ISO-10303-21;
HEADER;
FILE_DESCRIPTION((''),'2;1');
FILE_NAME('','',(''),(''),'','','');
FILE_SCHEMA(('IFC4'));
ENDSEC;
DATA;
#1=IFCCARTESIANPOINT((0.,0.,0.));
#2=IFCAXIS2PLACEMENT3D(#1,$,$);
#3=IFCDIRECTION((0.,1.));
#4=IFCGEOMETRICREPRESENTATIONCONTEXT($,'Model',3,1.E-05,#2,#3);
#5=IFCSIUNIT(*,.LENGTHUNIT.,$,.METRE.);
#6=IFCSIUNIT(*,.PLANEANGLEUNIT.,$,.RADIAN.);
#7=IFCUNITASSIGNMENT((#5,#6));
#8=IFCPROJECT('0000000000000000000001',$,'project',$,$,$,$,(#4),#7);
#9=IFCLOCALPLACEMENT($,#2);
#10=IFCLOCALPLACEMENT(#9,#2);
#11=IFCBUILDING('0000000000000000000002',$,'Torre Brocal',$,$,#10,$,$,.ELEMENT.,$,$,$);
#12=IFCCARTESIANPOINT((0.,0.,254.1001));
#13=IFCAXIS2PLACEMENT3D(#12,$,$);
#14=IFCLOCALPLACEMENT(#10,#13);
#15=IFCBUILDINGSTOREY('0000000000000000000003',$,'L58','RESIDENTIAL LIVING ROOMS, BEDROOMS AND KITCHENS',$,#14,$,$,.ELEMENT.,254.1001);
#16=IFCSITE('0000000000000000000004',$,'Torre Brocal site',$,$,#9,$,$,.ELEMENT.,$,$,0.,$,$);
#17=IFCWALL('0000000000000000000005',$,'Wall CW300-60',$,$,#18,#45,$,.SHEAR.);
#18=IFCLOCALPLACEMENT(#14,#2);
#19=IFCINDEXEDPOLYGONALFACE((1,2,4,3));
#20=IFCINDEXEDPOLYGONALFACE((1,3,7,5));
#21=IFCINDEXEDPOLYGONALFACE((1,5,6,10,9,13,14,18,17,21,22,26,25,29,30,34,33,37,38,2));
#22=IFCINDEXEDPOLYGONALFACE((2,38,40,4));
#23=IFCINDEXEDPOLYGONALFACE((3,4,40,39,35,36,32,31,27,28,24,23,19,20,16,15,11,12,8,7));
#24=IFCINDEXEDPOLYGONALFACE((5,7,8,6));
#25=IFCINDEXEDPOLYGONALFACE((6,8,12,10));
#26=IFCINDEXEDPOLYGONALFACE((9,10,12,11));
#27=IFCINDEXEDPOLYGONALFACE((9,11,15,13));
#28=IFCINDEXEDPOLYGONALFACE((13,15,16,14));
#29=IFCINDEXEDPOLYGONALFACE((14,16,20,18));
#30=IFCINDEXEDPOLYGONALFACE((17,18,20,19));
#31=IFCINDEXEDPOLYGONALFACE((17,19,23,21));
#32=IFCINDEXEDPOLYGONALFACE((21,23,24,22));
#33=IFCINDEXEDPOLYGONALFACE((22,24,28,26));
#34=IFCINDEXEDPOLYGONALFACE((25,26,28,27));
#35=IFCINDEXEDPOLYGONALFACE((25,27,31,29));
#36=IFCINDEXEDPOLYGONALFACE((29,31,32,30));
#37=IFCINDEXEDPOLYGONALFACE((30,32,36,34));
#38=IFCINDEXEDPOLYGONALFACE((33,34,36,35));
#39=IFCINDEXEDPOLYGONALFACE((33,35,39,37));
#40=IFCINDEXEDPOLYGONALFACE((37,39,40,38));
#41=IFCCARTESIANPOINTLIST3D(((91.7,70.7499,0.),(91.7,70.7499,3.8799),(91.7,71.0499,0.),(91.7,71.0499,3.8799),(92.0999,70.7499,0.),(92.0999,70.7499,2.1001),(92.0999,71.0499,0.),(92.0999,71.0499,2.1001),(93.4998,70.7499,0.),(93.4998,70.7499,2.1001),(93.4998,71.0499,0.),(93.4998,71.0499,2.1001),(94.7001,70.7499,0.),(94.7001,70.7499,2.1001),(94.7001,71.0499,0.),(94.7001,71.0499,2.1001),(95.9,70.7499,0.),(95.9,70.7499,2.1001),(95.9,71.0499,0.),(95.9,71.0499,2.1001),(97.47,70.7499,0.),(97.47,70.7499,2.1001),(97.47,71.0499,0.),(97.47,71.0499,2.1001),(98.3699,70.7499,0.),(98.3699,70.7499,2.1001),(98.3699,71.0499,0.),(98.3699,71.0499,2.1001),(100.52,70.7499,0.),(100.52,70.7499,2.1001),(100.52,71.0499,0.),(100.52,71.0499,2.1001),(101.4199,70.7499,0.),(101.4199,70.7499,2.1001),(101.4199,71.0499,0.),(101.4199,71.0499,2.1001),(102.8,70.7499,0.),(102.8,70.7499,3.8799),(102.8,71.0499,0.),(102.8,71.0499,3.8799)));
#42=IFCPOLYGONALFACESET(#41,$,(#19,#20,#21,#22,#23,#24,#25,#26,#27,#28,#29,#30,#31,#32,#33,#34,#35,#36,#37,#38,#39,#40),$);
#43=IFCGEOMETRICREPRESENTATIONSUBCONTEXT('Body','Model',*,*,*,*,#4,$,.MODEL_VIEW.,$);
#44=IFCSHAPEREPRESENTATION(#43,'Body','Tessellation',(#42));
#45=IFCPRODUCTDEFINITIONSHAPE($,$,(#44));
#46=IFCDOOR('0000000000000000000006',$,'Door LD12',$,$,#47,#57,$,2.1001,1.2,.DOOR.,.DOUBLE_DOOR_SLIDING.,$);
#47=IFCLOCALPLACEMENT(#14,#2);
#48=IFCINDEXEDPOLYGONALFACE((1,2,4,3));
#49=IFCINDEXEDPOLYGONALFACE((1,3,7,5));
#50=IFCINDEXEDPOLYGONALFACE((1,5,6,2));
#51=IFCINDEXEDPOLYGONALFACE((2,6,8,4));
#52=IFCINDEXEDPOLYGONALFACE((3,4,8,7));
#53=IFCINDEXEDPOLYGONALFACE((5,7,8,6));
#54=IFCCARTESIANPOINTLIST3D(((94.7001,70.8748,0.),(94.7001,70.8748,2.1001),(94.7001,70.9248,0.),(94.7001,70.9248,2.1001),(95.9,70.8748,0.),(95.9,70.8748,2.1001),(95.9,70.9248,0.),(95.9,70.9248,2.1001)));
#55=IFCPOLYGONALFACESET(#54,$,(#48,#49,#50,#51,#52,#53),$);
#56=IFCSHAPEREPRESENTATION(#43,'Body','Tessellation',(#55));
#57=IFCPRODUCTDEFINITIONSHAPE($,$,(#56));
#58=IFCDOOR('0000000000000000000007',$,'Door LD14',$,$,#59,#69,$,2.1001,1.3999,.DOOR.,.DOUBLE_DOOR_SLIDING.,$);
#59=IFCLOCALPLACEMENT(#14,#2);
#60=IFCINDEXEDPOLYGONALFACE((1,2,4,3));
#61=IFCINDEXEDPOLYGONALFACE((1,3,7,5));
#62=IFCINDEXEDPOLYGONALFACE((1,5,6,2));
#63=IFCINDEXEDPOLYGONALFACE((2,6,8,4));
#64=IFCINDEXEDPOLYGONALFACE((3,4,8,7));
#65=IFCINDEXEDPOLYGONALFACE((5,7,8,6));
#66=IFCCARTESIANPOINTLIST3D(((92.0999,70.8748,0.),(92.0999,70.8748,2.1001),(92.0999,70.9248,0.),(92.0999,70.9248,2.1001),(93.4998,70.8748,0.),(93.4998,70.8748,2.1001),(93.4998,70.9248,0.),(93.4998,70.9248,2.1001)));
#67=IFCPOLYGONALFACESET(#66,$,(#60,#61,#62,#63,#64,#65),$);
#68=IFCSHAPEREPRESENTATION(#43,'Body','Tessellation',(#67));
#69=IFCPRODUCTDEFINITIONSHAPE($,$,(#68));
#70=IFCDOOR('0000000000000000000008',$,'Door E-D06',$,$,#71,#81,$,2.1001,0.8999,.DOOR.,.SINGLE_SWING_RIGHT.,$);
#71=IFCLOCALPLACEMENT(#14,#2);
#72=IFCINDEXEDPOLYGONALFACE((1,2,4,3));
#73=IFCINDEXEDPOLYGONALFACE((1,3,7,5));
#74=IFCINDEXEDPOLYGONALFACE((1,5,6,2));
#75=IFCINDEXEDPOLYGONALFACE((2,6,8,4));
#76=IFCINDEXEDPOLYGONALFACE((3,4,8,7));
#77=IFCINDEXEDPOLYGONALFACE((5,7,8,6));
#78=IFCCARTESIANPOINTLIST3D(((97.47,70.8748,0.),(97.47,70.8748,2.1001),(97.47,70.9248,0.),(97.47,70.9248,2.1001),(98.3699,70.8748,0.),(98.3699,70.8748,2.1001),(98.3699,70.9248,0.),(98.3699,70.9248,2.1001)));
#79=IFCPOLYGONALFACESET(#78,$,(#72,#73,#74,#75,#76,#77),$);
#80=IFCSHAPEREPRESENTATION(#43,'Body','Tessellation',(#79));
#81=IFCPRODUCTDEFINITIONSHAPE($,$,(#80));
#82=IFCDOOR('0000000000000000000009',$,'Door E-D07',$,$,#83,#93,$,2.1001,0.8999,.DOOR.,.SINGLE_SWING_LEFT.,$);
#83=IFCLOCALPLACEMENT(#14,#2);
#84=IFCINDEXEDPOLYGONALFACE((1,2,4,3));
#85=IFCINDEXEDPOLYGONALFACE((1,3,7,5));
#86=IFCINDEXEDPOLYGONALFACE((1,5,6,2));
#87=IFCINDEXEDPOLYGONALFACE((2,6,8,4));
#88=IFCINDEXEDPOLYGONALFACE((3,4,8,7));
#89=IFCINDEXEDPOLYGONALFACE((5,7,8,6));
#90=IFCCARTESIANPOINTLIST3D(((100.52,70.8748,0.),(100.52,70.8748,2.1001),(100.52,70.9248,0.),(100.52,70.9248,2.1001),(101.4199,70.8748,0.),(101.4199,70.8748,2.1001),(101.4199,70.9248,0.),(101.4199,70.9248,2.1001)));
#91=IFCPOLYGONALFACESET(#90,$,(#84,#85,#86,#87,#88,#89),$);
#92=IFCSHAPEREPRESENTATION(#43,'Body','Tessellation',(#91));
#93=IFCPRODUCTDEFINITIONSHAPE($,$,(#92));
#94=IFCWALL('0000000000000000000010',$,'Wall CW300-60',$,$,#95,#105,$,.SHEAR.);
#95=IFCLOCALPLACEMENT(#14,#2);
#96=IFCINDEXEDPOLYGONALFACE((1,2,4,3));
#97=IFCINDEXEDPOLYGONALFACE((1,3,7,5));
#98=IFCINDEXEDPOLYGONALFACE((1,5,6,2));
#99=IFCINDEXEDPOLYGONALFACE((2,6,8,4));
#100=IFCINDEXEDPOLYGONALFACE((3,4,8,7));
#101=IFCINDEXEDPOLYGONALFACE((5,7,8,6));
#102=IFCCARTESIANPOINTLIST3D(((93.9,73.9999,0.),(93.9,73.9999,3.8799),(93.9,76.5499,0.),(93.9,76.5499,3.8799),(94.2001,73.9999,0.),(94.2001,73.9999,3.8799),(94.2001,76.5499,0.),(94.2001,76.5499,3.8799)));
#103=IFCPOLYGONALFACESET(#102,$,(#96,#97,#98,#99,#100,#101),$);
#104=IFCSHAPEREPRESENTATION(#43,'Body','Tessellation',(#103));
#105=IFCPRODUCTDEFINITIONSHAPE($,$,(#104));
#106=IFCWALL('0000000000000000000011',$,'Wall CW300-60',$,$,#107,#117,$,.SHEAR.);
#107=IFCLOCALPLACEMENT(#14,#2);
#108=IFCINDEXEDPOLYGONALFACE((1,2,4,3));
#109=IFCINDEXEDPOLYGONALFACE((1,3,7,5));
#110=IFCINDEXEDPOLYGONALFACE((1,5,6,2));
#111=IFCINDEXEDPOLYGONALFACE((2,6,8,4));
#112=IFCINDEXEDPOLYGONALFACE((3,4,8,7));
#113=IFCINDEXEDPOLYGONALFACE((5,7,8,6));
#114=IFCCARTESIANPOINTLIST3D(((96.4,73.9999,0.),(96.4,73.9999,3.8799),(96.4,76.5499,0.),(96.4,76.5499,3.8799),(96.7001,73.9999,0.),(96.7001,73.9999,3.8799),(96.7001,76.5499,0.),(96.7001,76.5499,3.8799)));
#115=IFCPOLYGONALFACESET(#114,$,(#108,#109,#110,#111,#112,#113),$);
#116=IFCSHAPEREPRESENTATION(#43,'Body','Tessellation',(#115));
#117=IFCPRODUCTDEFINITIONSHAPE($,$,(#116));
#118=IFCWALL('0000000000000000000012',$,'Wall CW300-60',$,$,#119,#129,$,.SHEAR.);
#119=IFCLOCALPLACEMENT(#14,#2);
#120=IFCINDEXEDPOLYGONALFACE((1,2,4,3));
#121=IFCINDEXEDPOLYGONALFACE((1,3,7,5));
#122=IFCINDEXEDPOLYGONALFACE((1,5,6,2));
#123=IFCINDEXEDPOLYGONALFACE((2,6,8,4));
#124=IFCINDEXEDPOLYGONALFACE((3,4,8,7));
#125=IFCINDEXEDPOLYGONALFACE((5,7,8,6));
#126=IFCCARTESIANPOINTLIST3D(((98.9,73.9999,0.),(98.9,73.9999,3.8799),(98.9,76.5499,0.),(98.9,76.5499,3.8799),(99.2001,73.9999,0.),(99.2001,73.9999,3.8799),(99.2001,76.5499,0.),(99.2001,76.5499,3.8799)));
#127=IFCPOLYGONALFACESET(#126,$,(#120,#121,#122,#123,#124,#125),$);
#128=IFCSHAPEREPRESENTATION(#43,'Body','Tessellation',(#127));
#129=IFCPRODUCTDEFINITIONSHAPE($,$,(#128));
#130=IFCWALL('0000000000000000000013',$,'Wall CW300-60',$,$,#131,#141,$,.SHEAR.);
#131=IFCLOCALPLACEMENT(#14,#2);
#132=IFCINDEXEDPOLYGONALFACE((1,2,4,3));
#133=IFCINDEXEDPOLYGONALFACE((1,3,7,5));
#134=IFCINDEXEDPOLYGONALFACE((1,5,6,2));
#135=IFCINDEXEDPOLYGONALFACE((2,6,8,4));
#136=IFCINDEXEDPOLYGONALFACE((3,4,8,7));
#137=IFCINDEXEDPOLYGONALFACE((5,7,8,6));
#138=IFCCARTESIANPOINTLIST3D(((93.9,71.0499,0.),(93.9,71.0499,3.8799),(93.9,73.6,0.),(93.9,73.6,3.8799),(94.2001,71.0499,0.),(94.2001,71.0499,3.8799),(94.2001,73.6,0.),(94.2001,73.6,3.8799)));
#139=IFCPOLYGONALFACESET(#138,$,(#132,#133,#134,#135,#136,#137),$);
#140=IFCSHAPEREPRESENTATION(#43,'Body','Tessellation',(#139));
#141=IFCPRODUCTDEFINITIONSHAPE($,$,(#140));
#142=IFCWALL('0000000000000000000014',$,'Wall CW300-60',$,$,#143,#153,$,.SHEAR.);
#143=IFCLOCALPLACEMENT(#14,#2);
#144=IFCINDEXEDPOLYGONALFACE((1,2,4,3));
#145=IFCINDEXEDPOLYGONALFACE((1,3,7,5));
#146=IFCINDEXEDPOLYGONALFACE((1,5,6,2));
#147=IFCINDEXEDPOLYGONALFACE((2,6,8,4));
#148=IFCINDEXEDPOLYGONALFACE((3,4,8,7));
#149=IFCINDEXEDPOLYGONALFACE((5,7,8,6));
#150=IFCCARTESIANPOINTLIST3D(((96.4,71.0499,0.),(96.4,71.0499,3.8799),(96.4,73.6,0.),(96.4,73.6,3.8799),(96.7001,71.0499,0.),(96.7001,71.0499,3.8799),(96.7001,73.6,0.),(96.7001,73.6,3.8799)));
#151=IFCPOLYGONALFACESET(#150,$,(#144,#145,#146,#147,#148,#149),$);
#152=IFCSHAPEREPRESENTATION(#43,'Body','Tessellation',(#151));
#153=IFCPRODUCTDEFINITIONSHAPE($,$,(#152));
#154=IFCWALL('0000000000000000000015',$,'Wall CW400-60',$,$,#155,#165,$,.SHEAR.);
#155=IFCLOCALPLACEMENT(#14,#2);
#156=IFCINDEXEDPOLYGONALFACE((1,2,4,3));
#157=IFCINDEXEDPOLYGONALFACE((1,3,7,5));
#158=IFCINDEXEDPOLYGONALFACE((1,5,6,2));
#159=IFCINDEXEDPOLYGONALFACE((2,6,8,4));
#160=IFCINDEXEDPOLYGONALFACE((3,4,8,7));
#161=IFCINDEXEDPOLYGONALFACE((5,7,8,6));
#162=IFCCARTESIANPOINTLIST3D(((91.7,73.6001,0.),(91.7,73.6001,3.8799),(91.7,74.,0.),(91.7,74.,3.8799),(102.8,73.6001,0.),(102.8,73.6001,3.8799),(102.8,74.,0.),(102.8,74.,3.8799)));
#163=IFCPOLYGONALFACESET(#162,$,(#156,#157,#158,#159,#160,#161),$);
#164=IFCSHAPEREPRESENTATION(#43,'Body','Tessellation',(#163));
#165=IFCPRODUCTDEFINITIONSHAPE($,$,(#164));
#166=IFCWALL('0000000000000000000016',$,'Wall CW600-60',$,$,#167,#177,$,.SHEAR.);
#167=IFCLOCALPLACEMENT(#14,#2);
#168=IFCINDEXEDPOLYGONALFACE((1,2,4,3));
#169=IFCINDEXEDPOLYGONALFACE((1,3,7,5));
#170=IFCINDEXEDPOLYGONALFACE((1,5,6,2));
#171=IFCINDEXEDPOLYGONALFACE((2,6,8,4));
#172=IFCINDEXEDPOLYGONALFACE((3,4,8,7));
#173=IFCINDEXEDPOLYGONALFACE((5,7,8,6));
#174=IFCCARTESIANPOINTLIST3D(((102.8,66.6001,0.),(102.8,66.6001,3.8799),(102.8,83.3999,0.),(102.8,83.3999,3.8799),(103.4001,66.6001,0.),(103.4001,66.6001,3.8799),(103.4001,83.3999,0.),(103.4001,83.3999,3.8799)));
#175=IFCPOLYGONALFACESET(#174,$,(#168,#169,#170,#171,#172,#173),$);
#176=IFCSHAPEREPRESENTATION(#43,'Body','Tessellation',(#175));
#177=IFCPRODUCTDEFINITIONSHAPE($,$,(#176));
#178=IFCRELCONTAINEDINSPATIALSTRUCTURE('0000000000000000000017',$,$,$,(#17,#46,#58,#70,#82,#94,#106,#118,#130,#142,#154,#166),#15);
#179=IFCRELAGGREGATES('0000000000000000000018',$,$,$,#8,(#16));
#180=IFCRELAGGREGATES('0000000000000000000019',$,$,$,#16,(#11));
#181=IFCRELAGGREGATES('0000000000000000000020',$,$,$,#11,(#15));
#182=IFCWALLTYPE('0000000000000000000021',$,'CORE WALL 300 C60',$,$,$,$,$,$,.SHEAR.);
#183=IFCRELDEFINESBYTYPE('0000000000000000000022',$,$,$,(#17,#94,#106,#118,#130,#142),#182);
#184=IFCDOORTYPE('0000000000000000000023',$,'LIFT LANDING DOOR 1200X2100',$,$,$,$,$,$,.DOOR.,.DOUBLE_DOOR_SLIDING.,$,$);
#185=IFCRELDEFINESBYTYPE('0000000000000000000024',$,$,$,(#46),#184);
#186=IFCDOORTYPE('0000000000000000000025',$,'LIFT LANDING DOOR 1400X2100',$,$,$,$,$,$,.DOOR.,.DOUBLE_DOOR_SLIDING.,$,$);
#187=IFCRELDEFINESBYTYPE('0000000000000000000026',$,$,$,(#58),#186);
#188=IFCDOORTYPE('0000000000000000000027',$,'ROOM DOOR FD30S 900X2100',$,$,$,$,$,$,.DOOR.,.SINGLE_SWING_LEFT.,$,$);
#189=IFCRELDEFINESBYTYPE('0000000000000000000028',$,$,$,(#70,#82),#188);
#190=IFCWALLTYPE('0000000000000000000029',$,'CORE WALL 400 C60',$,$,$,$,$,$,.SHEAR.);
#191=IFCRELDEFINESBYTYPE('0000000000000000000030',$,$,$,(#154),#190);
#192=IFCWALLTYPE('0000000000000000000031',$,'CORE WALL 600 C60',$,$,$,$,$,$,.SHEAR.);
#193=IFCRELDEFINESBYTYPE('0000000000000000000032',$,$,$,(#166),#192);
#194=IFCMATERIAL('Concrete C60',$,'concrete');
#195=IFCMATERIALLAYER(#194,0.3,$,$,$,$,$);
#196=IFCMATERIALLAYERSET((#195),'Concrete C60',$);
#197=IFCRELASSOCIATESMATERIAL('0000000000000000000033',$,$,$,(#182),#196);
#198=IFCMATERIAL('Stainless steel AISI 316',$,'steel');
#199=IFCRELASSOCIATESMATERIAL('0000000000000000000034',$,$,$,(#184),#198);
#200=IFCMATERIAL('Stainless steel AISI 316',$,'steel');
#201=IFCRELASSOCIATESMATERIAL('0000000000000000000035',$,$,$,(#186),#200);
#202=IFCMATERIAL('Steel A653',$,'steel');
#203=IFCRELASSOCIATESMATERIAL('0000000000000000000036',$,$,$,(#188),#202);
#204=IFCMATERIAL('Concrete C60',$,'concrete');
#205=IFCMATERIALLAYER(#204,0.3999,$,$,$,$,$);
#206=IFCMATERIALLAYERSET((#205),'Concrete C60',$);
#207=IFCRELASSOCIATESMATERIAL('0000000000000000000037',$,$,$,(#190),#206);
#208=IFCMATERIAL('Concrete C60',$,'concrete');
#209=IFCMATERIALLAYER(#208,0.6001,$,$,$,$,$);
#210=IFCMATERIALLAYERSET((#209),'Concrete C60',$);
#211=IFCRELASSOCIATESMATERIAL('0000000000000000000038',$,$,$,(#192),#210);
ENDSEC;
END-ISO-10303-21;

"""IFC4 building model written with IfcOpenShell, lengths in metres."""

from ifc_helpers import new_model, si_unit, direction, frame, frame_2d, origin, place, context, subcontext, project, spatial, rectangle, extrude, material, layer, layer_set, type_object, element, fill, save


model = new_model("IFC4")

# Units and contexts
model_context = context("Model", 3, precision=1e-05, world=origin(), true_north=direction((0.0, 1.0)))
body_context = subcontext(model_context, "Body", "Model", "MODEL_VIEW")
ifc_project = project(units=[si_unit("LENGTHUNIT", "METRE"), si_unit("PLANEANGLEUNIT", "RADIAN")], contexts=[model_context])

# Site, building, storey
site_placement = place(None, origin())
site = spatial("IfcSite", under=ifc_project, at=site_placement, Name="Torre Brocal site", CompositionType="ELEMENT", RefElevation=0.0)
building_placement = place(site_placement, origin())
building = spatial("IfcBuilding", under=site, at=building_placement, Name="Torre Brocal", CompositionType="ELEMENT")
storey_placement = place(building_placement, frame((0.0, 0.0, 254.1001)))
storey = spatial("IfcBuildingStorey", under=building, at=storey_placement, Name="L58", Description="RESIDENTIAL LIVING ROOMS, BEDROOMS AND KITCHENS", CompositionType="ELEMENT", Elevation=254.1001)

# Shared definitions
ifc_material_1 = material(Name="Concrete C60", Category="concrete")
ifc_layer_1 = layer(ifc_material_1, 0.3)
ifc_layer_set_1 = layer_set([ifc_layer_1], Name="Concrete C60")
wall_type_1 = type_object("IfcWallType", Name="CORE WALL 300 C60", PredefinedType="SHEAR", material=ifc_layer_set_1)

# Wall, openings, doors
wall_1_placement = place(storey_placement, frame((91.7, 70.8999, 0.0), z_axis=(0.0, 0.0, 1.0), x_axis=(1.0, 0.0, 0.0)))
wall_1 = element("IfcWall", 1, at=wall_1_placement, inside=storey, type_object=wall_type_1, Name="Wall CW300-60", PredefinedType="SHEAR", context=body_context, shape_type="SweptSolid", body=[
    extrude(rectangle(XDim=11.1001, YDim=0.3, at=frame_2d((5.55, 0.0))), origin(), (0.0, 0.0, 1.0), 3.8799),
])
opening_1_placement = place(wall_1_placement, frame((0.3999, 0.0, 0.0)))
opening_1 = element("IfcOpeningElement", 2, at=opening_1_placement, cuts=wall_1, PredefinedType="OPENING", context=body_context, shape_type="SweptSolid", body=[
    extrude(rectangle(XDim=1.3999, YDim=2.1001, at=frame_2d((0.7, 1.05))), frame((0.0, 0.1599, 0.0), z_axis=(0.0, -1.0, 0.0), x_axis=(1.0, 0.0, 0.0)), (0.0, 0.0, 1.0), 0.3201),
])
opening_2_placement = place(wall_1_placement, frame((3.0, 0.0, 0.0)))
opening_2 = element("IfcOpeningElement", 3, at=opening_2_placement, cuts=wall_1, PredefinedType="OPENING", context=body_context, shape_type="SweptSolid", body=[
    extrude(rectangle(XDim=1.2, YDim=2.1001, at=frame_2d((0.6001, 1.05))), frame((0.0, 0.1599, 0.0), z_axis=(0.0, -1.0, 0.0), x_axis=(1.0, 0.0, 0.0)), (0.0, 0.0, 1.0), 0.3201),
])
opening_3_placement = place(wall_1_placement, frame((5.77, 0.0, 0.0)))
opening_3 = element("IfcOpeningElement", 4, at=opening_3_placement, cuts=wall_1, PredefinedType="OPENING", context=body_context, shape_type="SweptSolid", body=[
    extrude(rectangle(XDim=0.8999, YDim=2.1001, at=frame_2d((0.45, 1.05))), frame((0.0, 0.1599, 0.0), z_axis=(0.0, -1.0, 0.0), x_axis=(1.0, 0.0, 0.0)), (0.0, 0.0, 1.0), 0.3201),
])
opening_4_placement = place(wall_1_placement, frame((8.8201, 0.0, 0.0)))
opening_4 = element("IfcOpeningElement", 5, at=opening_4_placement, cuts=wall_1, PredefinedType="OPENING", context=body_context, shape_type="SweptSolid", body=[
    extrude(rectangle(XDim=0.8999, YDim=2.1001, at=frame_2d((0.45, 1.05))), frame((0.0, 0.1599, 0.0), z_axis=(0.0, -1.0, 0.0), x_axis=(1.0, 0.0, 0.0)), (0.0, 0.0, 1.0), 0.3201),
])
ifc_material_2 = material(Name="Stainless steel AISI 316", Category="steel")
door_type_1 = type_object("IfcDoorType", Name="LIFT LANDING DOOR 1200X2100", OperationType="DOUBLE_DOOR_SLIDING", PredefinedType="DOOR", material=ifc_material_2)
door_1_placement = place(opening_2_placement, origin())
door_1 = element("IfcDoor", 6, at=door_1_placement, inside=storey, type_object=door_type_1, Name="Door LD12", OperationType="DOUBLE_DOOR_SLIDING", OverallHeight=2.1001, OverallWidth=1.2, PredefinedType="DOOR", context=body_context, shape_type="SweptSolid", body=[
    extrude(rectangle(XDim=1.2, YDim=2.1001, at=frame_2d((0.6001, 1.05))), frame((0.0, 0.0249, 0.0), z_axis=(0.0, -1.0, 0.0), x_axis=(1.0, 0.0, 0.0)), (0.0, 0.0, 1.0), 0.05),
])
fill(opening_2, door_1)
ifc_material_3 = material(Name="Stainless steel AISI 316", Category="steel")
door_type_2 = type_object("IfcDoorType", Name="LIFT LANDING DOOR 1400X2100", OperationType="DOUBLE_DOOR_SLIDING", PredefinedType="DOOR", material=ifc_material_3)
door_2_placement = place(opening_1_placement, origin())
door_2 = element("IfcDoor", 7, at=door_2_placement, inside=storey, type_object=door_type_2, Name="Door LD14", OperationType="DOUBLE_DOOR_SLIDING", OverallHeight=2.1001, OverallWidth=1.3999, PredefinedType="DOOR", context=body_context, shape_type="SweptSolid", body=[
    extrude(rectangle(XDim=1.3999, YDim=2.1001, at=frame_2d((0.7, 1.05))), frame((0.0, 0.0249, 0.0), z_axis=(0.0, -1.0, 0.0), x_axis=(1.0, 0.0, 0.0)), (0.0, 0.0, 1.0), 0.05),
])
fill(opening_1, door_2)
ifc_material_4 = material(Name="Steel A653", Category="steel")
door_type_3 = type_object("IfcDoorType", Name="ROOM DOOR FD30S 900X2100", OperationType="SINGLE_SWING_LEFT", PredefinedType="DOOR", material=ifc_material_4)
door_3_placement = place(opening_3_placement, origin())
door_3 = element("IfcDoor", 8, at=door_3_placement, inside=storey, type_object=door_type_3, Name="Door E-D06", OperationType="SINGLE_SWING_RIGHT", OverallHeight=2.1001, OverallWidth=0.8999, PredefinedType="DOOR", context=body_context, shape_type="SweptSolid", body=[
    extrude(rectangle(XDim=0.8999, YDim=2.1001, at=frame_2d((0.45, 1.05))), frame((0.0, 0.0249, 0.0), z_axis=(0.0, -1.0, 0.0), x_axis=(1.0, 0.0, 0.0)), (0.0, 0.0, 1.0), 0.05),
])
fill(opening_3, door_3)
door_4_placement = place(opening_4_placement, origin())
door_4 = element("IfcDoor", 9, at=door_4_placement, inside=storey, type_object=door_type_3, Name="Door E-D07", OperationType="SINGLE_SWING_LEFT", OverallHeight=2.1001, OverallWidth=0.8999, PredefinedType="DOOR", context=body_context, shape_type="SweptSolid", body=[
    extrude(rectangle(XDim=0.8999, YDim=2.1001, at=frame_2d((0.45, 1.05))), frame((0.0, 0.0249, 0.0), z_axis=(0.0, -1.0, 0.0), x_axis=(1.0, 0.0, 0.0)), (0.0, 0.0, 1.0), 0.05),
])
fill(opening_4, door_4)

# Walls
for number, where, z_axis, x_axis, name in (
    (10, (94.05, 74.0, 0.0), (0.0, 0.0, 1.0), (0.0, 1.0, 0.0), "Wall CW300-60"),
    (11, (96.55, 74.0, 0.0), (0.0, 0.0, 1.0), (0.0, 1.0, 0.0), "Wall CW300-60"),
    (12, (99.05, 74.0, 0.0), (0.0, 0.0, 1.0), (0.0, 1.0, 0.0), "Wall CW300-60"),
    (13, (94.05, 71.05, 0.0), (0.0, 0.0, 1.0), (0.0, 1.0, 0.0), "Wall CW300-60"),
    (14, (96.55, 71.05, 0.0), (0.0, 0.0, 1.0), (0.0, 1.0, 0.0), "Wall CW300-60"),
):
    element("IfcWall", number, at=place(storey_placement, frame(where, z_axis=z_axis, x_axis=x_axis)), inside=storey, type_object=wall_type_1, Name=name, PredefinedType="SHEAR", context=body_context, shape_type="SweptSolid", body=[
        extrude(rectangle(XDim=2.55, YDim=0.3, at=frame_2d((1.2749, 0.0))), origin(), (0.0, 0.0, 1.0), 3.8799),
    ])
ifc_material_5 = material(Name="Concrete C60", Category="concrete")
ifc_layer_2 = layer(ifc_material_5, 0.3999)
ifc_layer_set_2 = layer_set([ifc_layer_2], Name="Concrete C60")
wall_type_2 = type_object("IfcWallType", Name="CORE WALL 400 C60", PredefinedType="SHEAR", material=ifc_layer_set_2)
wall_2_placement = place(storey_placement, frame((91.7, 73.8, 0.0), z_axis=(0.0, 0.0, 1.0), x_axis=(1.0, 0.0, 0.0)))
element("IfcWall", 15, at=wall_2_placement, inside=storey, type_object=wall_type_2, Name="Wall CW400-60", PredefinedType="SHEAR", context=body_context, shape_type="SweptSolid", body=[
    extrude(rectangle(XDim=11.1001, YDim=0.3999, at=frame_2d((5.55, 0.0))), origin(), (0.0, 0.0, 1.0), 3.8799),
])
ifc_material_6 = material(Name="Concrete C60", Category="concrete")
ifc_layer_3 = layer(ifc_material_6, 0.6001)
ifc_layer_set_3 = layer_set([ifc_layer_3], Name="Concrete C60")
wall_type_3 = type_object("IfcWallType", Name="CORE WALL 600 C60", PredefinedType="SHEAR", material=ifc_layer_set_3)
wall_3_placement = place(storey_placement, frame((103.1001, 66.6001, 0.0), z_axis=(0.0, 0.0, 1.0), x_axis=(0.0, 1.0, 0.0)))
element("IfcWall", 16, at=wall_3_placement, inside=storey, type_object=wall_type_3, Name="Wall CW600-60", PredefinedType="SHEAR", context=body_context, shape_type="SweptSolid", body=[
    extrude(rectangle(XDim=16.7998, YDim=0.6001, at=frame_2d((8.3999, 0.0))), origin(), (0.0, 0.0, 1.0), 3.8799),
])

save(model, "model.ifc")
